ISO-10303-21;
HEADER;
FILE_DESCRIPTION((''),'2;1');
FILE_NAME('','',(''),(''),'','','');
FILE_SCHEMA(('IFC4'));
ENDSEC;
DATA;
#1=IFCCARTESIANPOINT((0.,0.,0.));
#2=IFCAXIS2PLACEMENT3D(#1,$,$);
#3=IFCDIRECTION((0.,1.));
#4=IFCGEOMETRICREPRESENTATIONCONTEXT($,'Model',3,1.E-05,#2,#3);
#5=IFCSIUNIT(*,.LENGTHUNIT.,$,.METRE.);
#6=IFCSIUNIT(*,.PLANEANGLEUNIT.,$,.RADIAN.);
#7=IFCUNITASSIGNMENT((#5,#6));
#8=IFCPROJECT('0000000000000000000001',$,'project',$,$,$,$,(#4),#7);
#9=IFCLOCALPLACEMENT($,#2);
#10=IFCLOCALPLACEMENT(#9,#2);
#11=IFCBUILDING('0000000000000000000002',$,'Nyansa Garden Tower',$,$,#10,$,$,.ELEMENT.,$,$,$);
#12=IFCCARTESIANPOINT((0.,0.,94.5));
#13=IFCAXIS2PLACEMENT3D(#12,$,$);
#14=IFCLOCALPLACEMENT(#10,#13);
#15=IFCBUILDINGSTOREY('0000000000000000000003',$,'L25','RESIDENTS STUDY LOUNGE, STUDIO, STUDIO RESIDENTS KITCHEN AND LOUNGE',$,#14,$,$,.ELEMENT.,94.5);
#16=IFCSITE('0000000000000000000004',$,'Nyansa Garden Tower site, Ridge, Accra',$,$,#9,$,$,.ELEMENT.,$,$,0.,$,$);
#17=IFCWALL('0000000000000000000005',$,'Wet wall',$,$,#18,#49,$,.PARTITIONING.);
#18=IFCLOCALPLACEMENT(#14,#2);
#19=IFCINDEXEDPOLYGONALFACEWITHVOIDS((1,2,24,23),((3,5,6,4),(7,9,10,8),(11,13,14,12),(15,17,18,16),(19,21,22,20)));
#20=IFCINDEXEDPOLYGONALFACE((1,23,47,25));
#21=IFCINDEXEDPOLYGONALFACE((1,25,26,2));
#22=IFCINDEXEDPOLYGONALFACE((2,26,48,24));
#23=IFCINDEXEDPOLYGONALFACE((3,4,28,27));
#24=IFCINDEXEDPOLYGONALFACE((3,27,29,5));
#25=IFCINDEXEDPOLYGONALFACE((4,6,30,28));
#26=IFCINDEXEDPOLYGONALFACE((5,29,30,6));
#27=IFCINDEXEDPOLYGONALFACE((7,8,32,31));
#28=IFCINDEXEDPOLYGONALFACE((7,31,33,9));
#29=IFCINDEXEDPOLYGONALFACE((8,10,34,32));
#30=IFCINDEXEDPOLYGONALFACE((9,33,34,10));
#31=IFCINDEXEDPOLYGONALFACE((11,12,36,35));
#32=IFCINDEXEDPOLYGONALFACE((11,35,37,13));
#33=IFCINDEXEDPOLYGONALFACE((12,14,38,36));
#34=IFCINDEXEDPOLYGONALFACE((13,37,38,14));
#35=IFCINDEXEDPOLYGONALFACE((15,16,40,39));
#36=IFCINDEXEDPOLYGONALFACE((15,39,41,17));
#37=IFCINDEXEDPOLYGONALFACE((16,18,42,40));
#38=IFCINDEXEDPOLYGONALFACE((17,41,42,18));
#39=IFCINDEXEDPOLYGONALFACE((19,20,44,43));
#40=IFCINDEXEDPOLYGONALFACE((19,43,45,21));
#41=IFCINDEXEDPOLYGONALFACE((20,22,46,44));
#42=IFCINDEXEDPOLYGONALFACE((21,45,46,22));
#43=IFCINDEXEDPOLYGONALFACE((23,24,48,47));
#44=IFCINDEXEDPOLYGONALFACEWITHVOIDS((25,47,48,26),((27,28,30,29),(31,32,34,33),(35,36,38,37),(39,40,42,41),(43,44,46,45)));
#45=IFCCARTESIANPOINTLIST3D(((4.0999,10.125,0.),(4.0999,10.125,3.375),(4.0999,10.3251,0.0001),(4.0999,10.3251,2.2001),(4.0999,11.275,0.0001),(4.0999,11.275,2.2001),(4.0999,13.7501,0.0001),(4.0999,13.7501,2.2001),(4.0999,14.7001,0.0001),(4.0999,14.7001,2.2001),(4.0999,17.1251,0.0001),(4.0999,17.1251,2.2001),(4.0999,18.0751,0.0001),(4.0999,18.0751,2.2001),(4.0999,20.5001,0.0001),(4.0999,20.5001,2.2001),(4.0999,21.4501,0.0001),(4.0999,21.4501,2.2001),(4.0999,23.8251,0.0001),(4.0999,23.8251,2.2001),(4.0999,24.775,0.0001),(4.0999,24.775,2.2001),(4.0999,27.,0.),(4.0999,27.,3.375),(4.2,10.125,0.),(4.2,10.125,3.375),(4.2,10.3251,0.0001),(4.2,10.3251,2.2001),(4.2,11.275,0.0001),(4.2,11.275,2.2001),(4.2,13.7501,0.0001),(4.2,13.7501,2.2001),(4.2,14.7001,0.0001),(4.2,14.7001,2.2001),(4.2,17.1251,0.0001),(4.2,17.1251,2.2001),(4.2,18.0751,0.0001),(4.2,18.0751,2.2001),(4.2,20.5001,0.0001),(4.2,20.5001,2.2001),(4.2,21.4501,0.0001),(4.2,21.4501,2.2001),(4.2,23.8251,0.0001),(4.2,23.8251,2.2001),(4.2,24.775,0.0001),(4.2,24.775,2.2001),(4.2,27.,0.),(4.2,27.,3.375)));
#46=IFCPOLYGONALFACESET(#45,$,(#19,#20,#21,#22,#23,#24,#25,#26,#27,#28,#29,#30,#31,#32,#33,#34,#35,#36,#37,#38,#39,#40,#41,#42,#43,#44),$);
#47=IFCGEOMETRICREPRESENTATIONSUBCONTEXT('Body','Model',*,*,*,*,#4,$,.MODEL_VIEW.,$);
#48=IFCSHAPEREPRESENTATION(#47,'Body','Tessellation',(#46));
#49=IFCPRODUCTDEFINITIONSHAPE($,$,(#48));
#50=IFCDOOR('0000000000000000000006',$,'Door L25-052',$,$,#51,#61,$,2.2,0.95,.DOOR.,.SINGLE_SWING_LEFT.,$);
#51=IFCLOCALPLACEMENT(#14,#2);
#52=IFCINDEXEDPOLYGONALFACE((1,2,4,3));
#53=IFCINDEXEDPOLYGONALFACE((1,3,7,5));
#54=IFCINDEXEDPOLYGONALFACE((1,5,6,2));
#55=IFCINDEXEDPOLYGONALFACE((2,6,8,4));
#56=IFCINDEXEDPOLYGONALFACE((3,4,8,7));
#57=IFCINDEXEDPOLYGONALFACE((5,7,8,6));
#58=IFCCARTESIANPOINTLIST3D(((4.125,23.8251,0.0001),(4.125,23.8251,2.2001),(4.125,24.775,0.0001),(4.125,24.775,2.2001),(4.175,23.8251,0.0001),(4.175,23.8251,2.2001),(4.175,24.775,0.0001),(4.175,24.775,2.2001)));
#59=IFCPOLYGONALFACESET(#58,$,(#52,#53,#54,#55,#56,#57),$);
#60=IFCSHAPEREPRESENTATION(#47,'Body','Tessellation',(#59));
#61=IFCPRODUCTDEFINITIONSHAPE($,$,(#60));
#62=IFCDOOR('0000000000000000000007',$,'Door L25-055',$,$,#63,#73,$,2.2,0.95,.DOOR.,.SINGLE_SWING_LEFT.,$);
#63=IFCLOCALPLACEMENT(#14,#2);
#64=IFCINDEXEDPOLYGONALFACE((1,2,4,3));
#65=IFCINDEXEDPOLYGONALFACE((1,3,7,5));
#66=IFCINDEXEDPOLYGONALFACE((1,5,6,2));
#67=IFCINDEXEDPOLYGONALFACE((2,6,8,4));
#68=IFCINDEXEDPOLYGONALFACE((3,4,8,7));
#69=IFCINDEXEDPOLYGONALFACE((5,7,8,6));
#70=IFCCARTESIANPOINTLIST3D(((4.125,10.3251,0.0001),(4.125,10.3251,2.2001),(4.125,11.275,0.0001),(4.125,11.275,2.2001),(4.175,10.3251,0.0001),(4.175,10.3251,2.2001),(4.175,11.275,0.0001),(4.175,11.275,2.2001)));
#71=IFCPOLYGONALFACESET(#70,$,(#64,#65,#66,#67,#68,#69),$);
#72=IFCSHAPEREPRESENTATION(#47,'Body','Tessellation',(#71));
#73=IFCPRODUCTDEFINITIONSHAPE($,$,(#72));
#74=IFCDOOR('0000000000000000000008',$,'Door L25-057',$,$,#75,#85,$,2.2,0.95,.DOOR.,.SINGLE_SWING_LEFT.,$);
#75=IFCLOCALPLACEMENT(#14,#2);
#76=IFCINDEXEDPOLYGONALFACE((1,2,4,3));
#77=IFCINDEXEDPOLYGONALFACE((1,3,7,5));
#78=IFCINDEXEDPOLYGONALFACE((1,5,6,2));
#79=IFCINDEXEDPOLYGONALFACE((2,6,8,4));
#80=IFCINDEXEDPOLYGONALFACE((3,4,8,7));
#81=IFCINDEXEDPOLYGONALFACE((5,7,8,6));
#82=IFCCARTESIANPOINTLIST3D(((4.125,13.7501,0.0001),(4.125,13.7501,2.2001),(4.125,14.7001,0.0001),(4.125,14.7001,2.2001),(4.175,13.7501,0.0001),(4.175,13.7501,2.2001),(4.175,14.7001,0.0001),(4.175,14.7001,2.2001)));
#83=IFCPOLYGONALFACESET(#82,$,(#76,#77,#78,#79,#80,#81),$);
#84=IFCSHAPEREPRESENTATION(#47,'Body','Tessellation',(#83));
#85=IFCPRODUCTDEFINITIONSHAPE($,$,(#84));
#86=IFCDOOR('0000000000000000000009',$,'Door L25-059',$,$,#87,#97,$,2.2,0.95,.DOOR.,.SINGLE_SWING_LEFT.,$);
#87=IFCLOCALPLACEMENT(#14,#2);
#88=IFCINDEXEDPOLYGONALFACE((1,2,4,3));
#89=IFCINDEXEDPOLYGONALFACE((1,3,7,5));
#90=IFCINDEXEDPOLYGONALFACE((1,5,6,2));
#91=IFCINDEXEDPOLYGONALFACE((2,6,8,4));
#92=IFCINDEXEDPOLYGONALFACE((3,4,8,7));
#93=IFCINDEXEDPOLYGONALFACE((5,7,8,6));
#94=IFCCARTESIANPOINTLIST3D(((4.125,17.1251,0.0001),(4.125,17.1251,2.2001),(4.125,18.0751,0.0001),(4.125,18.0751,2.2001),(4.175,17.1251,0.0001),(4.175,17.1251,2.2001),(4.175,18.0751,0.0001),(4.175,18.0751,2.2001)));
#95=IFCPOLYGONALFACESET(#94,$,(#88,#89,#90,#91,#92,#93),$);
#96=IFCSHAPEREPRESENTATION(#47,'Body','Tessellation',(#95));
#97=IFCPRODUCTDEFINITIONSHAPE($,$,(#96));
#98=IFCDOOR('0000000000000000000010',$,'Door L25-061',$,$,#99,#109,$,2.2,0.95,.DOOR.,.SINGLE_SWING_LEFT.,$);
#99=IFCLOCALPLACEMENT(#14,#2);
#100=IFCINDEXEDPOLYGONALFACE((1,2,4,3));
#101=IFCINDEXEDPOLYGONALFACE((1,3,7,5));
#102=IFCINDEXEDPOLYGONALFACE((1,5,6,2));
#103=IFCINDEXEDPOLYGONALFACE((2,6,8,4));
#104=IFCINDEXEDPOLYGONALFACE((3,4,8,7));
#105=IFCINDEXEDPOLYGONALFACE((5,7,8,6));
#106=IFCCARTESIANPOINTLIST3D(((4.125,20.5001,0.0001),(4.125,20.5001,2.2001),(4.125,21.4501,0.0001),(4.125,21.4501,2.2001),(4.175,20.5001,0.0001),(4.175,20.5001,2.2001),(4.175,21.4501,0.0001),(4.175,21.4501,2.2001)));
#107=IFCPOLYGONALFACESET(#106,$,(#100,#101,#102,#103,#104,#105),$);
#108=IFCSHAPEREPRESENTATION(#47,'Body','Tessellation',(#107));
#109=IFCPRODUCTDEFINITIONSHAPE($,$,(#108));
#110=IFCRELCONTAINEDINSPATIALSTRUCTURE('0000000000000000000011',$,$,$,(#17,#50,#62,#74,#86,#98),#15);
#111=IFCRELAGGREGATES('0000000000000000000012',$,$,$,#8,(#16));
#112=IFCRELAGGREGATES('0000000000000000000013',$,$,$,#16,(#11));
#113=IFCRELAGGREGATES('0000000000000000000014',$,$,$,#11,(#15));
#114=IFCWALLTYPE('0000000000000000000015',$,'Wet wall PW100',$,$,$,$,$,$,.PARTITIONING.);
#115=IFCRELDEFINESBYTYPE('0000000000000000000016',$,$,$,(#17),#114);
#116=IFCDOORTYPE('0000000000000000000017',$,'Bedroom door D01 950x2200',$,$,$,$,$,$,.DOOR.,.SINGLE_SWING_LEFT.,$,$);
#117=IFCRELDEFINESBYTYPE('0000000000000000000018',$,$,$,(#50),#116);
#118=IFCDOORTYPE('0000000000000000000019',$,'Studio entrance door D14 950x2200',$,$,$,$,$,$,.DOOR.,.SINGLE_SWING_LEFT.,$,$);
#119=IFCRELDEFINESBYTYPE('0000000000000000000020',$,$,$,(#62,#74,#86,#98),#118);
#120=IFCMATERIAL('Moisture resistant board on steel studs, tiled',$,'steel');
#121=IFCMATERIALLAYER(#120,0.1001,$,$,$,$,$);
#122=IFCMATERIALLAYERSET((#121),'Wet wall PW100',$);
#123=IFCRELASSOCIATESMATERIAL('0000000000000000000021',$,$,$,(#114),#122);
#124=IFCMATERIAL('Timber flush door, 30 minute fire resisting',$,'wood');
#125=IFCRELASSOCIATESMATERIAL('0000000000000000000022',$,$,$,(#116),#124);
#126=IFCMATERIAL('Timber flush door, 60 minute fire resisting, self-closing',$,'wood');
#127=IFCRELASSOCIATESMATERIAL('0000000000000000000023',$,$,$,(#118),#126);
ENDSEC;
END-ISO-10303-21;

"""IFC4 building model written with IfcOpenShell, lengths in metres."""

from ifc_helpers import new_model, si_unit, direction, frame, frame_2d, origin, place, context, subcontext, project, spatial, rectangle, extrude, material, layer, layer_set, type_object, element, fill, save


model = new_model("IFC4")

# Units and contexts
model_context = context("Model", 3, precision=1e-05, world=origin(), true_north=direction((0.0, 1.0)))
body_context = subcontext(model_context, "Body", "Model", "MODEL_VIEW")
ifc_project = project(units=[si_unit("LENGTHUNIT", "METRE"), si_unit("PLANEANGLEUNIT", "RADIAN")], contexts=[model_context])

# Site, building, storey
site_placement = place(None, origin())
site = spatial("IfcSite", under=ifc_project, at=site_placement, Name="Nyansa Garden Tower site, Ridge, Accra", CompositionType="ELEMENT", RefElevation=0.0)
building_placement = place(site_placement, origin())
building = spatial("IfcBuilding", under=site, at=building_placement, Name="Nyansa Garden Tower", CompositionType="ELEMENT")
storey_placement = place(building_placement, frame((0.0, 0.0, 94.5)))
storey = spatial("IfcBuildingStorey", under=building, at=storey_placement, Name="L25", Description="RESIDENTS STUDY LOUNGE, STUDIO, STUDIO RESIDENTS KITCHEN AND LOUNGE", CompositionType="ELEMENT", Elevation=94.5)

# Wall, openings, doors
ifc_material_1 = material(Name="Moisture resistant board on steel studs, tiled", Category="steel")
ifc_layer_1 = layer(ifc_material_1, 0.1001)
ifc_layer_set_1 = layer_set([ifc_layer_1], Name="Wet wall PW100")
wall_type_1 = type_object("IfcWallType", Name="Wet wall PW100", PredefinedType="PARTITIONING", material=ifc_layer_set_1)
wall_1_placement = place(storey_placement, frame((4.1499, 10.125, 0.0), z_axis=(0.0, 0.0, 1.0), x_axis=(0.0, 1.0, 0.0)))
wall_1 = element("IfcWall", 1, at=wall_1_placement, inside=storey, type_object=wall_type_1, Name="Wet wall", PredefinedType="PARTITIONING", context=body_context, shape_type="SweptSolid", body=[
    extrude(rectangle(XDim=16.875, YDim=0.1001, at=frame_2d((8.4375, 0.0))), origin(), (0.0, 0.0, 1.0), 3.375),
])
opening_1_placement = place(wall_1_placement, frame((13.7, 0.0, 0.0)))
opening_1 = element("IfcOpeningElement", 2, at=opening_1_placement, cuts=wall_1, PredefinedType="OPENING", context=body_context, shape_type="SweptSolid", body=[
    extrude(rectangle(XDim=0.95, YDim=2.2, at=frame_2d((0.4751, 1.1001))), frame((0.0, 0.0601, 0.0), z_axis=(0.0, -1.0, 0.0), x_axis=(1.0, 0.0, 0.0)), (0.0, 0.0, 1.0), 0.1201),
])
opening_2_placement = place(wall_1_placement, frame((0.2, 0.0, 0.0)))
opening_2 = element("IfcOpeningElement", 3, at=opening_2_placement, cuts=wall_1, PredefinedType="OPENING", context=body_context, shape_type="SweptSolid", body=[
    extrude(rectangle(XDim=0.95, YDim=2.2, at=frame_2d((0.4751, 1.1001))), frame((0.0, 0.0601, 0.0), z_axis=(0.0, -1.0, 0.0), x_axis=(1.0, 0.0, 0.0)), (0.0, 0.0, 1.0), 0.1201),
])
opening_3_placement = place(wall_1_placement, frame((3.625, 0.0, 0.0)))
opening_3 = element("IfcOpeningElement", 4, at=opening_3_placement, cuts=wall_1, PredefinedType="OPENING", context=body_context, shape_type="SweptSolid", body=[
    extrude(rectangle(XDim=0.95, YDim=2.2, at=frame_2d((0.4751, 1.1001))), frame((0.0, 0.0601, 0.0), z_axis=(0.0, -1.0, 0.0), x_axis=(1.0, 0.0, 0.0)), (0.0, 0.0, 1.0), 0.1201),
])
opening_4_placement = place(wall_1_placement, frame((7.0, 0.0, 0.0)))
opening_4 = element("IfcOpeningElement", 5, at=opening_4_placement, cuts=wall_1, PredefinedType="OPENING", context=body_context, shape_type="SweptSolid", body=[
    extrude(rectangle(XDim=0.95, YDim=2.2, at=frame_2d((0.4751, 1.1001))), frame((0.0, 0.0601, 0.0), z_axis=(0.0, -1.0, 0.0), x_axis=(1.0, 0.0, 0.0)), (0.0, 0.0, 1.0), 0.1201),
])
opening_5_placement = place(wall_1_placement, frame((10.375, 0.0, 0.0)))
opening_5 = element("IfcOpeningElement", 6, at=opening_5_placement, cuts=wall_1, PredefinedType="OPENING", context=body_context, shape_type="SweptSolid", body=[
    extrude(rectangle(XDim=0.95, YDim=2.2, at=frame_2d((0.4751, 1.1001))), frame((0.0, 0.0601, 0.0), z_axis=(0.0, -1.0, 0.0), x_axis=(1.0, 0.0, 0.0)), (0.0, 0.0, 1.0), 0.1201),
])
ifc_material_2 = material(Name="Timber flush door, 30 minute fire resisting", Category="wood")
door_type_1 = type_object("IfcDoorType", Name="Bedroom door D01 950x2200", OperationType="SINGLE_SWING_LEFT", PredefinedType="DOOR", material=ifc_material_2)
door_1_placement = place(opening_1_placement, origin())
door_1 = element("IfcDoor", 7, at=door_1_placement, inside=storey, type_object=door_type_1, Name="Door L25-052", OperationType="SINGLE_SWING_LEFT", OverallHeight=2.2, OverallWidth=0.95, PredefinedType="DOOR", context=body_context, shape_type="SweptSolid", body=[
    extrude(rectangle(XDim=0.95, YDim=2.2, at=frame_2d((0.4751, 1.1001))), frame((0.0, 0.0249, 0.0), z_axis=(0.0, -1.0, 0.0), x_axis=(1.0, 0.0, 0.0)), (0.0, 0.0, 1.0), 0.05),
])
fill(opening_1, door_1)
ifc_material_3 = material(Name="Timber flush door, 60 minute fire resisting, self-closing", Category="wood")
door_type_2 = type_object("IfcDoorType", Name="Studio entrance door D14 950x2200", OperationType="SINGLE_SWING_LEFT", PredefinedType="DOOR", material=ifc_material_3)
door_2_placement = place(opening_2_placement, origin())
door_2 = element("IfcDoor", 8, at=door_2_placement, inside=storey, type_object=door_type_2, Name="Door L25-055", OperationType="SINGLE_SWING_LEFT", OverallHeight=2.2, OverallWidth=0.95, PredefinedType="DOOR", context=body_context, shape_type="SweptSolid", body=[
    extrude(rectangle(XDim=0.95, YDim=2.2, at=frame_2d((0.4751, 1.1001))), frame((0.0, 0.0249, 0.0), z_axis=(0.0, -1.0, 0.0), x_axis=(1.0, 0.0, 0.0)), (0.0, 0.0, 1.0), 0.05),
])
fill(opening_2, door_2)
door_3_placement = place(opening_3_placement, origin())
door_3 = element("IfcDoor", 9, at=door_3_placement, inside=storey, type_object=door_type_2, Name="Door L25-057", OperationType="SINGLE_SWING_LEFT", OverallHeight=2.2, OverallWidth=0.95, PredefinedType="DOOR", context=body_context, shape_type="SweptSolid", body=[
    extrude(rectangle(XDim=0.95, YDim=2.2, at=frame_2d((0.4751, 1.1001))), frame((0.0, 0.0249, 0.0), z_axis=(0.0, -1.0, 0.0), x_axis=(1.0, 0.0, 0.0)), (0.0, 0.0, 1.0), 0.05),
])
fill(opening_3, door_3)
door_4_placement = place(opening_4_placement, origin())
door_4 = element("IfcDoor", 10, at=door_4_placement, inside=storey, type_object=door_type_2, Name="Door L25-059", OperationType="SINGLE_SWING_LEFT", OverallHeight=2.2, OverallWidth=0.95, PredefinedType="DOOR", context=body_context, shape_type="SweptSolid", body=[
    extrude(rectangle(XDim=0.95, YDim=2.2, at=frame_2d((0.4751, 1.1001))), frame((0.0, 0.0249, 0.0), z_axis=(0.0, -1.0, 0.0), x_axis=(1.0, 0.0, 0.0)), (0.0, 0.0, 1.0), 0.05),
])
fill(opening_4, door_4)
door_5_placement = place(opening_5_placement, origin())
door_5 = element("IfcDoor", 11, at=door_5_placement, inside=storey, type_object=door_type_2, Name="Door L25-061", OperationType="SINGLE_SWING_LEFT", OverallHeight=2.2, OverallWidth=0.95, PredefinedType="DOOR", context=body_context, shape_type="SweptSolid", body=[
    extrude(rectangle(XDim=0.95, YDim=2.2, at=frame_2d((0.4751, 1.1001))), frame((0.0, 0.0249, 0.0), z_axis=(0.0, -1.0, 0.0), x_axis=(1.0, 0.0, 0.0)), (0.0, 0.0, 1.0), 0.05),
])
fill(opening_5, door_5)

save(model, "model.ifc")
